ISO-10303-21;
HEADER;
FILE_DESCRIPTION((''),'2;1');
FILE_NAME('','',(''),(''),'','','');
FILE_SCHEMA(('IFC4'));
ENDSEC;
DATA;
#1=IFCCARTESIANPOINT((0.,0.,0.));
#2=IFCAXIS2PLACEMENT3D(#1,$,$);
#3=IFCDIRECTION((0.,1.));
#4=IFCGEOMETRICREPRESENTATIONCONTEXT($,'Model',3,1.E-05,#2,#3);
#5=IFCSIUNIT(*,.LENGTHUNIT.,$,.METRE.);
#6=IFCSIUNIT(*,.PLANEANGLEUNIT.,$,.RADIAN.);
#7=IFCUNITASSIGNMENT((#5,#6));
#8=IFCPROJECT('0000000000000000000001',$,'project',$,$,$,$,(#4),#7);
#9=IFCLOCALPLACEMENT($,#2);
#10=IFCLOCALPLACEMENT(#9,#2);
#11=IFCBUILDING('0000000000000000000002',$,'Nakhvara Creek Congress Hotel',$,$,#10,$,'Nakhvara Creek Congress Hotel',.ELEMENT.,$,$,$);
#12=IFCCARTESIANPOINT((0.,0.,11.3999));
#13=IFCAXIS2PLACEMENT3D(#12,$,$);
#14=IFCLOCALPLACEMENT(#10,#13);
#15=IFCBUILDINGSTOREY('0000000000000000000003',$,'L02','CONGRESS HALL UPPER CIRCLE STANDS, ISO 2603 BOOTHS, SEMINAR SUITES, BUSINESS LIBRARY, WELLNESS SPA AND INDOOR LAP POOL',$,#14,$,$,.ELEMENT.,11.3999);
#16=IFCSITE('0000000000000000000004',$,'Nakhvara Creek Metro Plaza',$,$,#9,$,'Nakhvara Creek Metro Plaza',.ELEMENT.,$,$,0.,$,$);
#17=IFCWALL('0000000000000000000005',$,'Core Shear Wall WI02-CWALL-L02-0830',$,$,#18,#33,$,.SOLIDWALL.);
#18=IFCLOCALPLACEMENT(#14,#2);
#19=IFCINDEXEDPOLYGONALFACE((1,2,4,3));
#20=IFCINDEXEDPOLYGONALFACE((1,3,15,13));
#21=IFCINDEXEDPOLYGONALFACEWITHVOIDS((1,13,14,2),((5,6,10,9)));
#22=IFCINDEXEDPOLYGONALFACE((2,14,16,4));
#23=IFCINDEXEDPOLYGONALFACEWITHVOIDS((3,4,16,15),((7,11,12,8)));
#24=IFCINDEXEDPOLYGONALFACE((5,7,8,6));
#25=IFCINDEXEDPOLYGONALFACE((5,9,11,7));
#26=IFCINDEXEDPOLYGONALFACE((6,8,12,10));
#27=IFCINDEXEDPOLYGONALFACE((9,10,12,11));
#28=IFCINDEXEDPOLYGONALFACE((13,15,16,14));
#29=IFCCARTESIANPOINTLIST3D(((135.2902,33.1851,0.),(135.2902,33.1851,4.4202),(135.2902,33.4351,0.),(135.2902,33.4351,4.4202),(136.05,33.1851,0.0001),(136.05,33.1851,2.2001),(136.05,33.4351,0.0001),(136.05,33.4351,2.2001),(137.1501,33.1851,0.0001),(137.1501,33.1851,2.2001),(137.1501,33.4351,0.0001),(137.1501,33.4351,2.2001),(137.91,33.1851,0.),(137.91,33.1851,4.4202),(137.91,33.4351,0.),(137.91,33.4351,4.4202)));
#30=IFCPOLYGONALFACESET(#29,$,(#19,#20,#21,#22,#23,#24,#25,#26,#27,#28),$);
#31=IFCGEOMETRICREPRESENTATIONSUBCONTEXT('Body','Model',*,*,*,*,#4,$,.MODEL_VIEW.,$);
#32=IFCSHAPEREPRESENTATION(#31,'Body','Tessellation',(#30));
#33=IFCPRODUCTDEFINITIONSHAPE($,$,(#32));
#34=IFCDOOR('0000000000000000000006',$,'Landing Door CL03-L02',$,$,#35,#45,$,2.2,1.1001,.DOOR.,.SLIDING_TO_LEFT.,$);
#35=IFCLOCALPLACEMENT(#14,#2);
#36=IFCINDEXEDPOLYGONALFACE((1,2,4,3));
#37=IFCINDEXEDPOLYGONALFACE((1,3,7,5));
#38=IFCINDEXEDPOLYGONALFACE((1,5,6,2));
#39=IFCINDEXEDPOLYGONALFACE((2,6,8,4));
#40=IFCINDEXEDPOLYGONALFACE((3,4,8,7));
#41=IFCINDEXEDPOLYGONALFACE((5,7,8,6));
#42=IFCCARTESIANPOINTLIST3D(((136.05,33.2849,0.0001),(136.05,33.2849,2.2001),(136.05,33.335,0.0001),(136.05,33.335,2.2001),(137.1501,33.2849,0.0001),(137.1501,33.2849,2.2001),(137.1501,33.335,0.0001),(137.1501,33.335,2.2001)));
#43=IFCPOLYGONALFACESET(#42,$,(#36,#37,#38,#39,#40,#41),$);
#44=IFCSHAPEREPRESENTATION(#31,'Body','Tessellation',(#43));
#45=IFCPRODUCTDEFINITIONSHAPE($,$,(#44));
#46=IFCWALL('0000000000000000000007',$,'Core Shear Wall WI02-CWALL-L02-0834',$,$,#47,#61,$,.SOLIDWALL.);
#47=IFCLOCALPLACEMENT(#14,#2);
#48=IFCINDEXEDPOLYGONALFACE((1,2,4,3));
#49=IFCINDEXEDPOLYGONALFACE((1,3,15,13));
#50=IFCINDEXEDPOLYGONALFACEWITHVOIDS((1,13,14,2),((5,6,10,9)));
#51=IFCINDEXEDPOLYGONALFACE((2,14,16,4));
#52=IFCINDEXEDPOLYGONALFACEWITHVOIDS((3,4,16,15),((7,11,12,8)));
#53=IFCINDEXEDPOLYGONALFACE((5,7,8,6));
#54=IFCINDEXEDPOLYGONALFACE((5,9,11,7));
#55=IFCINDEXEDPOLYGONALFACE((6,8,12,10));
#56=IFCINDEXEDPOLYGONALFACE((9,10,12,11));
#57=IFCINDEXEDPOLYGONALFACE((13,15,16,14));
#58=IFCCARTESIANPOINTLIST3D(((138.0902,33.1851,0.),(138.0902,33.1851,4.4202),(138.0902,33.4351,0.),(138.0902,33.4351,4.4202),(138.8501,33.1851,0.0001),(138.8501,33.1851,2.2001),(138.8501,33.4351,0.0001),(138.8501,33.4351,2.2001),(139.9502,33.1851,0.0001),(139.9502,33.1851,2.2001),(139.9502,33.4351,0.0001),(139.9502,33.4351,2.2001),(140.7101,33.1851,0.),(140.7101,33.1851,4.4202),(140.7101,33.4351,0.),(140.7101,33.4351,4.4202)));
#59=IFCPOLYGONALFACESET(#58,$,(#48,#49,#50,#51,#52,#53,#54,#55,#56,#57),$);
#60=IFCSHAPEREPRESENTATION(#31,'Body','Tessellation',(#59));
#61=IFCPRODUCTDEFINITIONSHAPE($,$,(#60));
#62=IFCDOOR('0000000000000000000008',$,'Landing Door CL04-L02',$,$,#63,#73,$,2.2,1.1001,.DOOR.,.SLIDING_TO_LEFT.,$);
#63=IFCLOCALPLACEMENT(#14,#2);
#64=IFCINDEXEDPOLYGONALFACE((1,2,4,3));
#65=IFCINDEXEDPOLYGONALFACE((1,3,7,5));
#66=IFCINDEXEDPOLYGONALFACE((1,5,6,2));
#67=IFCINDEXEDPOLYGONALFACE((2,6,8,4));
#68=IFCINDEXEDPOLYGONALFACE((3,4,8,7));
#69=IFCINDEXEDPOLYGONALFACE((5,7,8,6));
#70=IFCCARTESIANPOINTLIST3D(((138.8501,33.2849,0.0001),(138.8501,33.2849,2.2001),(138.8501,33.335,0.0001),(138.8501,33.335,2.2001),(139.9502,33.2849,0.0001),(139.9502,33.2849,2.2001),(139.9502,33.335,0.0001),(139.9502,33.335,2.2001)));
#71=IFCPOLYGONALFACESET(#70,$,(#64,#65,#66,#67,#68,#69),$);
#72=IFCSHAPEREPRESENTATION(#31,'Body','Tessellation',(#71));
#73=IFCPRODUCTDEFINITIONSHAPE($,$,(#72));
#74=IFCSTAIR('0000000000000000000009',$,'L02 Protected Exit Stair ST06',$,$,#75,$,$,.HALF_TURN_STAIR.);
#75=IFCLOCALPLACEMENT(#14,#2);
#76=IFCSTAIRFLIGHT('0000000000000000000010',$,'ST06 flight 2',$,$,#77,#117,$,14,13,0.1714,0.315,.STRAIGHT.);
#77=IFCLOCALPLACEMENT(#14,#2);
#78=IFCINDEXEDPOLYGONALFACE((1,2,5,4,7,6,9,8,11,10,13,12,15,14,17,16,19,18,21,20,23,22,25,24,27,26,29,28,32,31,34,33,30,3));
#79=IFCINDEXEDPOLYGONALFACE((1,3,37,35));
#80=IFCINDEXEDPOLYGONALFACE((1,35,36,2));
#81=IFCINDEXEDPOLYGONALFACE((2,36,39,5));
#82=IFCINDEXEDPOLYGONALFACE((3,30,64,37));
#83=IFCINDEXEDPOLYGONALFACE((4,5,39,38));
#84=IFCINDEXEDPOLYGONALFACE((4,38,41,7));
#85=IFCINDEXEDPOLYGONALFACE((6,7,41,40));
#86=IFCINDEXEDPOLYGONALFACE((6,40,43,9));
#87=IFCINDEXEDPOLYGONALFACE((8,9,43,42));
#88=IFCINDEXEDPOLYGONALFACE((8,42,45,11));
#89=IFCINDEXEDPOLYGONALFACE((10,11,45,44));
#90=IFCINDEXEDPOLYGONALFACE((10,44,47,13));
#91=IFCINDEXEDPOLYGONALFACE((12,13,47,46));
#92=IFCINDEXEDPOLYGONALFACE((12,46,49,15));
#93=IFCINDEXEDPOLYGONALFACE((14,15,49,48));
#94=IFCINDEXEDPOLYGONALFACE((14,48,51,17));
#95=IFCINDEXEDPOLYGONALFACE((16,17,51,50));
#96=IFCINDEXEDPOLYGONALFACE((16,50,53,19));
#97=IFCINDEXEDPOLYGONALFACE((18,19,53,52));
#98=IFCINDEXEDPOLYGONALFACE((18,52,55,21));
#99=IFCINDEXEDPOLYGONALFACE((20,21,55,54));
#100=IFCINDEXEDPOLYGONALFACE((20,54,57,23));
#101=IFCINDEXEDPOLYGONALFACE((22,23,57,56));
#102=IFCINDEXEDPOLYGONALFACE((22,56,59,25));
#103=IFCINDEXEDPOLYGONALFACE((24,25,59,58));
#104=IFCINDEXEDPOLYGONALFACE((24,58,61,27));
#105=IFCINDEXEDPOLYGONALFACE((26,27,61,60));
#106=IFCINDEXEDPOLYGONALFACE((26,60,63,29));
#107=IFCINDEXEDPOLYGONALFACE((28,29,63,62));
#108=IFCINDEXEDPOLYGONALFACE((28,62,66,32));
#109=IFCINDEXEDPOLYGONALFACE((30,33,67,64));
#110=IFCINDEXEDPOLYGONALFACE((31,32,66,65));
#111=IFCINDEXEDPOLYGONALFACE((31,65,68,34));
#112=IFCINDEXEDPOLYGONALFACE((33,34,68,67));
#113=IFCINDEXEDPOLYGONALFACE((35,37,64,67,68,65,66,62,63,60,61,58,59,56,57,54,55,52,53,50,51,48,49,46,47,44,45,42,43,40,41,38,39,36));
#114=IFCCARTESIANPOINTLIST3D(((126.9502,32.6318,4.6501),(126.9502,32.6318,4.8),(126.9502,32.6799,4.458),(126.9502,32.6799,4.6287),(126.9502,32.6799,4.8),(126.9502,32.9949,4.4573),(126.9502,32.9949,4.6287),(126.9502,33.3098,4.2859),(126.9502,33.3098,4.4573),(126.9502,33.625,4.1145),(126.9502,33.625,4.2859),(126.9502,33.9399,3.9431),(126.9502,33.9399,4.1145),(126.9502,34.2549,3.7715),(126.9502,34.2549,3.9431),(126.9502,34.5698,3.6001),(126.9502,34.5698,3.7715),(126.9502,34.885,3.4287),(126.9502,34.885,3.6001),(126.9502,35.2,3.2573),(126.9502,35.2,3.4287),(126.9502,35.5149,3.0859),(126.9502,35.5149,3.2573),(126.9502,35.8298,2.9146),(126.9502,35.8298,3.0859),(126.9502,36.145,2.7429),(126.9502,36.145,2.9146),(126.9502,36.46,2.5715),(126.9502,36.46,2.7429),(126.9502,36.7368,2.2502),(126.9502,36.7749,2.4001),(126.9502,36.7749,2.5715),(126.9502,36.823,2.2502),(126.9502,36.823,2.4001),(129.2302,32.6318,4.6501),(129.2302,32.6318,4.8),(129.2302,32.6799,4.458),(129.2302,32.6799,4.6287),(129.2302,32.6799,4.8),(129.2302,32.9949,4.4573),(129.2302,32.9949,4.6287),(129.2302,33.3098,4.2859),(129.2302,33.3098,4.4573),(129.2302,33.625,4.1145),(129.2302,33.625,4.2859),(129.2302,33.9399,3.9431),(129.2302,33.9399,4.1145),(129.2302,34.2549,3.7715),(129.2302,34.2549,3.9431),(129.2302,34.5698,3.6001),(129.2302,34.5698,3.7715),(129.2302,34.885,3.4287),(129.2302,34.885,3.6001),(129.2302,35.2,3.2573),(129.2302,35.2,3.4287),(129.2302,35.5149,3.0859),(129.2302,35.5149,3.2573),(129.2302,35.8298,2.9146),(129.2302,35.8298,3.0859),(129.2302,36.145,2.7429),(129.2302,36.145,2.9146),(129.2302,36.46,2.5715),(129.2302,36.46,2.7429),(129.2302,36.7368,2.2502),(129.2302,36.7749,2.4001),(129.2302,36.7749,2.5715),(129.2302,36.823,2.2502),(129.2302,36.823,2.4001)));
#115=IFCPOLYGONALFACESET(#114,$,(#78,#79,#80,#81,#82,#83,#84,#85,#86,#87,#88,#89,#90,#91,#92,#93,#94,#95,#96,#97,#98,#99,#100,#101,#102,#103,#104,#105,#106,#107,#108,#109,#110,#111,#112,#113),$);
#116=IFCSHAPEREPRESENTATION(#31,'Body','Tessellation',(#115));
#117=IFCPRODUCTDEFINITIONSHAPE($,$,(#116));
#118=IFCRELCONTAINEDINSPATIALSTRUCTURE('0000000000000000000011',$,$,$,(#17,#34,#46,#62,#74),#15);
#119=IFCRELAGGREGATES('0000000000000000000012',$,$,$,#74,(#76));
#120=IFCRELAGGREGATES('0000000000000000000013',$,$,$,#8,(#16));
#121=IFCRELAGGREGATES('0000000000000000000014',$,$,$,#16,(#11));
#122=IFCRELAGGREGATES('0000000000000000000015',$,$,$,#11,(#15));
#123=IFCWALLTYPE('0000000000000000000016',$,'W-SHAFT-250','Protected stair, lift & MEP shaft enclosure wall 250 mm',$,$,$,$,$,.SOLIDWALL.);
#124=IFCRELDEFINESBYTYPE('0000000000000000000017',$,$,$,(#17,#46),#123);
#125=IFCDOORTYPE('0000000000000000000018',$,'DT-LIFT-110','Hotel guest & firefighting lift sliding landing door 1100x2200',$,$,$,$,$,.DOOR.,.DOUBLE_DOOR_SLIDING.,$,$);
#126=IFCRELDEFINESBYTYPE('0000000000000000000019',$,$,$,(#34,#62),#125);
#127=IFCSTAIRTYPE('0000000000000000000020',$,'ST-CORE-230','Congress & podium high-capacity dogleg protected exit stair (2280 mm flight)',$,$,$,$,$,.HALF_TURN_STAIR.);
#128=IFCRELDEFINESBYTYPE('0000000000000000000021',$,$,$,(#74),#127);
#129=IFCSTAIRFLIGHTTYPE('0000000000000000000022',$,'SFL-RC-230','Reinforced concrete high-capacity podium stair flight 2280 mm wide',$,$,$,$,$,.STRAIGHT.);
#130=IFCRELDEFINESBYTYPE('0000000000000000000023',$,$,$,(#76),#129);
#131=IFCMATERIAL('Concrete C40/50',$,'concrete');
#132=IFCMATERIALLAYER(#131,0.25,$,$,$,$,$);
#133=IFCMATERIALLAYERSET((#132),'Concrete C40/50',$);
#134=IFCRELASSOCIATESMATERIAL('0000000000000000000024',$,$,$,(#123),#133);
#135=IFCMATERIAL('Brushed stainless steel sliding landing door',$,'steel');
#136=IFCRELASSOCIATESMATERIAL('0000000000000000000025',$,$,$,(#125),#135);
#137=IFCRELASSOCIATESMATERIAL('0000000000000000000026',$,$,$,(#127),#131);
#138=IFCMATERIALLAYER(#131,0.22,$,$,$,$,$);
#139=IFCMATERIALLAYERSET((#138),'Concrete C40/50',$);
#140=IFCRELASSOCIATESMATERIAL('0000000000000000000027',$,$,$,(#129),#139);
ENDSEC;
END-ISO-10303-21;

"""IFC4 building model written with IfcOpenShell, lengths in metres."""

from ifc_helpers import new_model, si_unit, direction, frame, frame_2d, origin, place, context, subcontext, project, spatial, polyline, rectangle, outline, extrude, material, layer, layer_set, type_object, element, fill, aggregate, save


model = new_model("IFC4")

# Units and contexts
model_context = context("Model", 3, precision=1e-05, world=origin(), true_north=direction((0.0, 1.0)))
body_context = subcontext(model_context, "Body", "Model", "MODEL_VIEW")
ifc_project = project(units=[si_unit("LENGTHUNIT", "METRE"), si_unit("PLANEANGLEUNIT", "RADIAN")], contexts=[model_context])

# Site, building, storey
site_placement = place(None, origin())
site = spatial("IfcSite", under=ifc_project, at=site_placement, Name="Nakhvara Creek Metro Plaza", LongName="Nakhvara Creek Metro Plaza", CompositionType="ELEMENT", RefElevation=0.0)
building_placement = place(site_placement, origin())
building = spatial("IfcBuilding", under=site, at=building_placement, Name="Nakhvara Creek Congress Hotel", LongName="Nakhvara Creek Congress Hotel", CompositionType="ELEMENT")
storey_placement = place(building_placement, frame((0.0, 0.0, 11.3999)))
storey = spatial("IfcBuildingStorey", under=building, at=storey_placement, Name="L02", Description="CONGRESS HALL UPPER CIRCLE STANDS, ISO 2603 BOOTHS, SEMINAR SUITES, BUSINESS LIBRARY, WELLNESS SPA AND INDOOR LAP POOL", CompositionType="ELEMENT", Elevation=11.3999)

# Shared definitions
ifc_material_1 = material(Name="Concrete C40/50", Category="concrete")

# Walls, openings, doors
ifc_layer_1 = layer(ifc_material_1, 0.25)
ifc_layer_set_1 = layer_set([ifc_layer_1], Name="Concrete C40/50")
wall_type_1 = type_object("IfcWallType", Name="W-SHAFT-250", Description="Protected stair, lift & MEP shaft enclosure wall 250 mm", PredefinedType="SOLIDWALL", material=ifc_layer_set_1)
wall_1_placement = place(storey_placement, frame((135.29, 33.3101, 0.0), z_axis=(0.0, 0.0, 1.0), x_axis=(1.0, 0.0, 0.0)))
wall_1 = element("IfcWall", 1, at=wall_1_placement, inside=storey, type_object=wall_type_1, Name="Core Shear Wall WI02-CWALL-L02-0830", PredefinedType="SOLIDWALL", context=body_context, shape_type="SweptSolid", body=[
    extrude(rectangle(XDim=2.6199, YDim=0.25, at=frame_2d((1.3101, 0.0))), origin(), (0.0, 0.0, 1.0), 4.4202),
])
opening_1_placement = place(wall_1_placement, frame((0.76, 0.0, 0.0)))
opening_1 = element("IfcOpeningElement", 2, at=opening_1_placement, cuts=wall_1, PredefinedType="OPENING", context=body_context, shape_type="SweptSolid", body=[
    extrude(rectangle(XDim=1.1001, YDim=2.2, at=frame_2d((0.55, 1.1001))), frame((0.0, 0.137, 0.0), z_axis=(0.0, -1.0, 0.0), x_axis=(1.0, 0.0, 0.0)), (0.0, 0.0, 1.0), 0.2739),
])
ifc_material_2 = material(Name="Brushed stainless steel sliding landing door", Category="steel")
door_type = type_object("IfcDoorType", Name="DT-LIFT-110", Description="Hotel guest & firefighting lift sliding landing door 1100x2200", OperationType="DOUBLE_DOOR_SLIDING", PredefinedType="DOOR", material=ifc_material_2)
door_1_placement = place(opening_1_placement, origin())
door_1 = element("IfcDoor", 3, at=door_1_placement, inside=storey, type_object=door_type, Name="Landing Door CL03-L02", OperationType="SLIDING_TO_LEFT", OverallHeight=2.2, OverallWidth=1.1001, PredefinedType="DOOR", context=body_context, shape_type="SweptSolid", body=[
    extrude(rectangle(XDim=1.1001, YDim=2.2, at=frame_2d((0.55, 1.1001))), frame((0.0, 0.0249, 0.0), z_axis=(0.0, -1.0, 0.0), x_axis=(1.0, 0.0, 0.0)), (0.0, 0.0, 1.0), 0.05),
])
fill(opening_1, door_1)
wall_2_placement = place(storey_placement, frame((138.0901, 33.3101, 0.0), z_axis=(0.0, 0.0, 1.0), x_axis=(1.0, 0.0, 0.0)))
wall_2 = element("IfcWall", 4, at=wall_2_placement, inside=storey, type_object=wall_type_1, Name="Core Shear Wall WI02-CWALL-L02-0834", PredefinedType="SOLIDWALL", context=body_context, shape_type="SweptSolid", body=[
    extrude(rectangle(XDim=2.6199, YDim=0.25, at=frame_2d((1.3101, 0.0))), origin(), (0.0, 0.0, 1.0), 4.4202),
])
opening_2_placement = place(wall_2_placement, frame((0.76, 0.0, 0.0)))
opening_2 = element("IfcOpeningElement", 5, at=opening_2_placement, cuts=wall_2, PredefinedType="OPENING", context=body_context, shape_type="SweptSolid", body=[
    extrude(rectangle(XDim=1.1001, YDim=2.2, at=frame_2d((0.55, 1.1001))), frame((0.0, 0.137, 0.0), z_axis=(0.0, -1.0, 0.0), x_axis=(1.0, 0.0, 0.0)), (0.0, 0.0, 1.0), 0.2739),
])
door_2_placement = place(opening_2_placement, origin())
door_2 = element("IfcDoor", 6, at=door_2_placement, inside=storey, type_object=door_type, Name="Landing Door CL04-L02", OperationType="SLIDING_TO_LEFT", OverallHeight=2.2, OverallWidth=1.1001, PredefinedType="DOOR", context=body_context, shape_type="SweptSolid", body=[
    extrude(rectangle(XDim=1.1001, YDim=2.2, at=frame_2d((0.55, 1.1001))), frame((0.0, 0.0249, 0.0), z_axis=(0.0, -1.0, 0.0), x_axis=(1.0, 0.0, 0.0)), (0.0, 0.0, 1.0), 0.05),
])
fill(opening_2, door_2)

# Stair, stair flight
stair_type = type_object("IfcStairType", Name="ST-CORE-230", Description="Congress & podium high-capacity dogleg protected exit stair (2280 mm flight)", PredefinedType="HALF_TURN_STAIR", material=ifc_material_1)
stair_placement = place(storey_placement, origin())
stair = element("IfcStair", 7, at=stair_placement, inside=storey, type_object=stair_type, Name="L02 Protected Exit Stair ST06", PredefinedType="HALF_TURN_STAIR")
ifc_layer_2 = layer(ifc_material_1, 0.22)
ifc_layer_set_2 = layer_set([ifc_layer_2], Name="Concrete C40/50")
stair_flight_type = type_object("IfcStairFlightType", Name="SFL-RC-230", Description="Reinforced concrete high-capacity podium stair flight 2280 mm wide", PredefinedType="STRAIGHT", material=ifc_layer_set_2)
stair_flight_placement = place(storey_placement, frame((128.0901, 36.7749, 2.4001), z_axis=(0.0, 0.0, 1.0), x_axis=(0.0, -1.0, 0.0)))
stair_flight = element("IfcStairFlight", 8, at=stair_flight_placement, type_object=stair_flight_type, Name="ST06 flight 2", NumberOfRisers=14, NumberOfTreads=13, PredefinedType="STRAIGHT", RiserHeight=0.1714, TreadLength=0.315, context=body_context, shape_type="SweptSolid", body=[
    extrude(outline(polyline([(-0.0481, 0.0), (0.0, 0.0), (0.0, 0.1714), (0.3149, 0.1714), (0.3149, 0.3428), (0.6299, 0.3428), (0.6299, 0.5144), (0.9451, 0.5144), (0.9451, 0.6858), (1.26, 0.6858), (1.26, 0.8572), (1.575, 0.8572), (1.575, 1.0286), (1.8899, 1.0286), (1.8899, 1.2), (2.2051, 1.2), (2.2051, 1.3713), (2.52, 1.3713), (2.52, 1.543), (2.835, 1.543), (2.835, 1.7144), (3.1499, 1.7144), (3.1499, 1.8857), (3.4651, 1.8857), (3.4651, 2.0571), (3.78, 2.0571), (3.78, 2.2285), (4.095, 2.2285), (4.095, 2.3999), (4.1431, 2.3999), (4.1431, 2.25), (4.095, 2.0579), (0.0381, -0.1499), (-0.0481, -0.1499), (-0.0481, 0.0)])), frame((0.0, 1.1401, 0.0), z_axis=(0.0, -1.0, 0.0), x_axis=(1.0, 0.0, 0.0)), (0.0, 0.0, 1.0), 2.28),
])
aggregate(stair, [stair_flight])

save(model, "model.ifc")
